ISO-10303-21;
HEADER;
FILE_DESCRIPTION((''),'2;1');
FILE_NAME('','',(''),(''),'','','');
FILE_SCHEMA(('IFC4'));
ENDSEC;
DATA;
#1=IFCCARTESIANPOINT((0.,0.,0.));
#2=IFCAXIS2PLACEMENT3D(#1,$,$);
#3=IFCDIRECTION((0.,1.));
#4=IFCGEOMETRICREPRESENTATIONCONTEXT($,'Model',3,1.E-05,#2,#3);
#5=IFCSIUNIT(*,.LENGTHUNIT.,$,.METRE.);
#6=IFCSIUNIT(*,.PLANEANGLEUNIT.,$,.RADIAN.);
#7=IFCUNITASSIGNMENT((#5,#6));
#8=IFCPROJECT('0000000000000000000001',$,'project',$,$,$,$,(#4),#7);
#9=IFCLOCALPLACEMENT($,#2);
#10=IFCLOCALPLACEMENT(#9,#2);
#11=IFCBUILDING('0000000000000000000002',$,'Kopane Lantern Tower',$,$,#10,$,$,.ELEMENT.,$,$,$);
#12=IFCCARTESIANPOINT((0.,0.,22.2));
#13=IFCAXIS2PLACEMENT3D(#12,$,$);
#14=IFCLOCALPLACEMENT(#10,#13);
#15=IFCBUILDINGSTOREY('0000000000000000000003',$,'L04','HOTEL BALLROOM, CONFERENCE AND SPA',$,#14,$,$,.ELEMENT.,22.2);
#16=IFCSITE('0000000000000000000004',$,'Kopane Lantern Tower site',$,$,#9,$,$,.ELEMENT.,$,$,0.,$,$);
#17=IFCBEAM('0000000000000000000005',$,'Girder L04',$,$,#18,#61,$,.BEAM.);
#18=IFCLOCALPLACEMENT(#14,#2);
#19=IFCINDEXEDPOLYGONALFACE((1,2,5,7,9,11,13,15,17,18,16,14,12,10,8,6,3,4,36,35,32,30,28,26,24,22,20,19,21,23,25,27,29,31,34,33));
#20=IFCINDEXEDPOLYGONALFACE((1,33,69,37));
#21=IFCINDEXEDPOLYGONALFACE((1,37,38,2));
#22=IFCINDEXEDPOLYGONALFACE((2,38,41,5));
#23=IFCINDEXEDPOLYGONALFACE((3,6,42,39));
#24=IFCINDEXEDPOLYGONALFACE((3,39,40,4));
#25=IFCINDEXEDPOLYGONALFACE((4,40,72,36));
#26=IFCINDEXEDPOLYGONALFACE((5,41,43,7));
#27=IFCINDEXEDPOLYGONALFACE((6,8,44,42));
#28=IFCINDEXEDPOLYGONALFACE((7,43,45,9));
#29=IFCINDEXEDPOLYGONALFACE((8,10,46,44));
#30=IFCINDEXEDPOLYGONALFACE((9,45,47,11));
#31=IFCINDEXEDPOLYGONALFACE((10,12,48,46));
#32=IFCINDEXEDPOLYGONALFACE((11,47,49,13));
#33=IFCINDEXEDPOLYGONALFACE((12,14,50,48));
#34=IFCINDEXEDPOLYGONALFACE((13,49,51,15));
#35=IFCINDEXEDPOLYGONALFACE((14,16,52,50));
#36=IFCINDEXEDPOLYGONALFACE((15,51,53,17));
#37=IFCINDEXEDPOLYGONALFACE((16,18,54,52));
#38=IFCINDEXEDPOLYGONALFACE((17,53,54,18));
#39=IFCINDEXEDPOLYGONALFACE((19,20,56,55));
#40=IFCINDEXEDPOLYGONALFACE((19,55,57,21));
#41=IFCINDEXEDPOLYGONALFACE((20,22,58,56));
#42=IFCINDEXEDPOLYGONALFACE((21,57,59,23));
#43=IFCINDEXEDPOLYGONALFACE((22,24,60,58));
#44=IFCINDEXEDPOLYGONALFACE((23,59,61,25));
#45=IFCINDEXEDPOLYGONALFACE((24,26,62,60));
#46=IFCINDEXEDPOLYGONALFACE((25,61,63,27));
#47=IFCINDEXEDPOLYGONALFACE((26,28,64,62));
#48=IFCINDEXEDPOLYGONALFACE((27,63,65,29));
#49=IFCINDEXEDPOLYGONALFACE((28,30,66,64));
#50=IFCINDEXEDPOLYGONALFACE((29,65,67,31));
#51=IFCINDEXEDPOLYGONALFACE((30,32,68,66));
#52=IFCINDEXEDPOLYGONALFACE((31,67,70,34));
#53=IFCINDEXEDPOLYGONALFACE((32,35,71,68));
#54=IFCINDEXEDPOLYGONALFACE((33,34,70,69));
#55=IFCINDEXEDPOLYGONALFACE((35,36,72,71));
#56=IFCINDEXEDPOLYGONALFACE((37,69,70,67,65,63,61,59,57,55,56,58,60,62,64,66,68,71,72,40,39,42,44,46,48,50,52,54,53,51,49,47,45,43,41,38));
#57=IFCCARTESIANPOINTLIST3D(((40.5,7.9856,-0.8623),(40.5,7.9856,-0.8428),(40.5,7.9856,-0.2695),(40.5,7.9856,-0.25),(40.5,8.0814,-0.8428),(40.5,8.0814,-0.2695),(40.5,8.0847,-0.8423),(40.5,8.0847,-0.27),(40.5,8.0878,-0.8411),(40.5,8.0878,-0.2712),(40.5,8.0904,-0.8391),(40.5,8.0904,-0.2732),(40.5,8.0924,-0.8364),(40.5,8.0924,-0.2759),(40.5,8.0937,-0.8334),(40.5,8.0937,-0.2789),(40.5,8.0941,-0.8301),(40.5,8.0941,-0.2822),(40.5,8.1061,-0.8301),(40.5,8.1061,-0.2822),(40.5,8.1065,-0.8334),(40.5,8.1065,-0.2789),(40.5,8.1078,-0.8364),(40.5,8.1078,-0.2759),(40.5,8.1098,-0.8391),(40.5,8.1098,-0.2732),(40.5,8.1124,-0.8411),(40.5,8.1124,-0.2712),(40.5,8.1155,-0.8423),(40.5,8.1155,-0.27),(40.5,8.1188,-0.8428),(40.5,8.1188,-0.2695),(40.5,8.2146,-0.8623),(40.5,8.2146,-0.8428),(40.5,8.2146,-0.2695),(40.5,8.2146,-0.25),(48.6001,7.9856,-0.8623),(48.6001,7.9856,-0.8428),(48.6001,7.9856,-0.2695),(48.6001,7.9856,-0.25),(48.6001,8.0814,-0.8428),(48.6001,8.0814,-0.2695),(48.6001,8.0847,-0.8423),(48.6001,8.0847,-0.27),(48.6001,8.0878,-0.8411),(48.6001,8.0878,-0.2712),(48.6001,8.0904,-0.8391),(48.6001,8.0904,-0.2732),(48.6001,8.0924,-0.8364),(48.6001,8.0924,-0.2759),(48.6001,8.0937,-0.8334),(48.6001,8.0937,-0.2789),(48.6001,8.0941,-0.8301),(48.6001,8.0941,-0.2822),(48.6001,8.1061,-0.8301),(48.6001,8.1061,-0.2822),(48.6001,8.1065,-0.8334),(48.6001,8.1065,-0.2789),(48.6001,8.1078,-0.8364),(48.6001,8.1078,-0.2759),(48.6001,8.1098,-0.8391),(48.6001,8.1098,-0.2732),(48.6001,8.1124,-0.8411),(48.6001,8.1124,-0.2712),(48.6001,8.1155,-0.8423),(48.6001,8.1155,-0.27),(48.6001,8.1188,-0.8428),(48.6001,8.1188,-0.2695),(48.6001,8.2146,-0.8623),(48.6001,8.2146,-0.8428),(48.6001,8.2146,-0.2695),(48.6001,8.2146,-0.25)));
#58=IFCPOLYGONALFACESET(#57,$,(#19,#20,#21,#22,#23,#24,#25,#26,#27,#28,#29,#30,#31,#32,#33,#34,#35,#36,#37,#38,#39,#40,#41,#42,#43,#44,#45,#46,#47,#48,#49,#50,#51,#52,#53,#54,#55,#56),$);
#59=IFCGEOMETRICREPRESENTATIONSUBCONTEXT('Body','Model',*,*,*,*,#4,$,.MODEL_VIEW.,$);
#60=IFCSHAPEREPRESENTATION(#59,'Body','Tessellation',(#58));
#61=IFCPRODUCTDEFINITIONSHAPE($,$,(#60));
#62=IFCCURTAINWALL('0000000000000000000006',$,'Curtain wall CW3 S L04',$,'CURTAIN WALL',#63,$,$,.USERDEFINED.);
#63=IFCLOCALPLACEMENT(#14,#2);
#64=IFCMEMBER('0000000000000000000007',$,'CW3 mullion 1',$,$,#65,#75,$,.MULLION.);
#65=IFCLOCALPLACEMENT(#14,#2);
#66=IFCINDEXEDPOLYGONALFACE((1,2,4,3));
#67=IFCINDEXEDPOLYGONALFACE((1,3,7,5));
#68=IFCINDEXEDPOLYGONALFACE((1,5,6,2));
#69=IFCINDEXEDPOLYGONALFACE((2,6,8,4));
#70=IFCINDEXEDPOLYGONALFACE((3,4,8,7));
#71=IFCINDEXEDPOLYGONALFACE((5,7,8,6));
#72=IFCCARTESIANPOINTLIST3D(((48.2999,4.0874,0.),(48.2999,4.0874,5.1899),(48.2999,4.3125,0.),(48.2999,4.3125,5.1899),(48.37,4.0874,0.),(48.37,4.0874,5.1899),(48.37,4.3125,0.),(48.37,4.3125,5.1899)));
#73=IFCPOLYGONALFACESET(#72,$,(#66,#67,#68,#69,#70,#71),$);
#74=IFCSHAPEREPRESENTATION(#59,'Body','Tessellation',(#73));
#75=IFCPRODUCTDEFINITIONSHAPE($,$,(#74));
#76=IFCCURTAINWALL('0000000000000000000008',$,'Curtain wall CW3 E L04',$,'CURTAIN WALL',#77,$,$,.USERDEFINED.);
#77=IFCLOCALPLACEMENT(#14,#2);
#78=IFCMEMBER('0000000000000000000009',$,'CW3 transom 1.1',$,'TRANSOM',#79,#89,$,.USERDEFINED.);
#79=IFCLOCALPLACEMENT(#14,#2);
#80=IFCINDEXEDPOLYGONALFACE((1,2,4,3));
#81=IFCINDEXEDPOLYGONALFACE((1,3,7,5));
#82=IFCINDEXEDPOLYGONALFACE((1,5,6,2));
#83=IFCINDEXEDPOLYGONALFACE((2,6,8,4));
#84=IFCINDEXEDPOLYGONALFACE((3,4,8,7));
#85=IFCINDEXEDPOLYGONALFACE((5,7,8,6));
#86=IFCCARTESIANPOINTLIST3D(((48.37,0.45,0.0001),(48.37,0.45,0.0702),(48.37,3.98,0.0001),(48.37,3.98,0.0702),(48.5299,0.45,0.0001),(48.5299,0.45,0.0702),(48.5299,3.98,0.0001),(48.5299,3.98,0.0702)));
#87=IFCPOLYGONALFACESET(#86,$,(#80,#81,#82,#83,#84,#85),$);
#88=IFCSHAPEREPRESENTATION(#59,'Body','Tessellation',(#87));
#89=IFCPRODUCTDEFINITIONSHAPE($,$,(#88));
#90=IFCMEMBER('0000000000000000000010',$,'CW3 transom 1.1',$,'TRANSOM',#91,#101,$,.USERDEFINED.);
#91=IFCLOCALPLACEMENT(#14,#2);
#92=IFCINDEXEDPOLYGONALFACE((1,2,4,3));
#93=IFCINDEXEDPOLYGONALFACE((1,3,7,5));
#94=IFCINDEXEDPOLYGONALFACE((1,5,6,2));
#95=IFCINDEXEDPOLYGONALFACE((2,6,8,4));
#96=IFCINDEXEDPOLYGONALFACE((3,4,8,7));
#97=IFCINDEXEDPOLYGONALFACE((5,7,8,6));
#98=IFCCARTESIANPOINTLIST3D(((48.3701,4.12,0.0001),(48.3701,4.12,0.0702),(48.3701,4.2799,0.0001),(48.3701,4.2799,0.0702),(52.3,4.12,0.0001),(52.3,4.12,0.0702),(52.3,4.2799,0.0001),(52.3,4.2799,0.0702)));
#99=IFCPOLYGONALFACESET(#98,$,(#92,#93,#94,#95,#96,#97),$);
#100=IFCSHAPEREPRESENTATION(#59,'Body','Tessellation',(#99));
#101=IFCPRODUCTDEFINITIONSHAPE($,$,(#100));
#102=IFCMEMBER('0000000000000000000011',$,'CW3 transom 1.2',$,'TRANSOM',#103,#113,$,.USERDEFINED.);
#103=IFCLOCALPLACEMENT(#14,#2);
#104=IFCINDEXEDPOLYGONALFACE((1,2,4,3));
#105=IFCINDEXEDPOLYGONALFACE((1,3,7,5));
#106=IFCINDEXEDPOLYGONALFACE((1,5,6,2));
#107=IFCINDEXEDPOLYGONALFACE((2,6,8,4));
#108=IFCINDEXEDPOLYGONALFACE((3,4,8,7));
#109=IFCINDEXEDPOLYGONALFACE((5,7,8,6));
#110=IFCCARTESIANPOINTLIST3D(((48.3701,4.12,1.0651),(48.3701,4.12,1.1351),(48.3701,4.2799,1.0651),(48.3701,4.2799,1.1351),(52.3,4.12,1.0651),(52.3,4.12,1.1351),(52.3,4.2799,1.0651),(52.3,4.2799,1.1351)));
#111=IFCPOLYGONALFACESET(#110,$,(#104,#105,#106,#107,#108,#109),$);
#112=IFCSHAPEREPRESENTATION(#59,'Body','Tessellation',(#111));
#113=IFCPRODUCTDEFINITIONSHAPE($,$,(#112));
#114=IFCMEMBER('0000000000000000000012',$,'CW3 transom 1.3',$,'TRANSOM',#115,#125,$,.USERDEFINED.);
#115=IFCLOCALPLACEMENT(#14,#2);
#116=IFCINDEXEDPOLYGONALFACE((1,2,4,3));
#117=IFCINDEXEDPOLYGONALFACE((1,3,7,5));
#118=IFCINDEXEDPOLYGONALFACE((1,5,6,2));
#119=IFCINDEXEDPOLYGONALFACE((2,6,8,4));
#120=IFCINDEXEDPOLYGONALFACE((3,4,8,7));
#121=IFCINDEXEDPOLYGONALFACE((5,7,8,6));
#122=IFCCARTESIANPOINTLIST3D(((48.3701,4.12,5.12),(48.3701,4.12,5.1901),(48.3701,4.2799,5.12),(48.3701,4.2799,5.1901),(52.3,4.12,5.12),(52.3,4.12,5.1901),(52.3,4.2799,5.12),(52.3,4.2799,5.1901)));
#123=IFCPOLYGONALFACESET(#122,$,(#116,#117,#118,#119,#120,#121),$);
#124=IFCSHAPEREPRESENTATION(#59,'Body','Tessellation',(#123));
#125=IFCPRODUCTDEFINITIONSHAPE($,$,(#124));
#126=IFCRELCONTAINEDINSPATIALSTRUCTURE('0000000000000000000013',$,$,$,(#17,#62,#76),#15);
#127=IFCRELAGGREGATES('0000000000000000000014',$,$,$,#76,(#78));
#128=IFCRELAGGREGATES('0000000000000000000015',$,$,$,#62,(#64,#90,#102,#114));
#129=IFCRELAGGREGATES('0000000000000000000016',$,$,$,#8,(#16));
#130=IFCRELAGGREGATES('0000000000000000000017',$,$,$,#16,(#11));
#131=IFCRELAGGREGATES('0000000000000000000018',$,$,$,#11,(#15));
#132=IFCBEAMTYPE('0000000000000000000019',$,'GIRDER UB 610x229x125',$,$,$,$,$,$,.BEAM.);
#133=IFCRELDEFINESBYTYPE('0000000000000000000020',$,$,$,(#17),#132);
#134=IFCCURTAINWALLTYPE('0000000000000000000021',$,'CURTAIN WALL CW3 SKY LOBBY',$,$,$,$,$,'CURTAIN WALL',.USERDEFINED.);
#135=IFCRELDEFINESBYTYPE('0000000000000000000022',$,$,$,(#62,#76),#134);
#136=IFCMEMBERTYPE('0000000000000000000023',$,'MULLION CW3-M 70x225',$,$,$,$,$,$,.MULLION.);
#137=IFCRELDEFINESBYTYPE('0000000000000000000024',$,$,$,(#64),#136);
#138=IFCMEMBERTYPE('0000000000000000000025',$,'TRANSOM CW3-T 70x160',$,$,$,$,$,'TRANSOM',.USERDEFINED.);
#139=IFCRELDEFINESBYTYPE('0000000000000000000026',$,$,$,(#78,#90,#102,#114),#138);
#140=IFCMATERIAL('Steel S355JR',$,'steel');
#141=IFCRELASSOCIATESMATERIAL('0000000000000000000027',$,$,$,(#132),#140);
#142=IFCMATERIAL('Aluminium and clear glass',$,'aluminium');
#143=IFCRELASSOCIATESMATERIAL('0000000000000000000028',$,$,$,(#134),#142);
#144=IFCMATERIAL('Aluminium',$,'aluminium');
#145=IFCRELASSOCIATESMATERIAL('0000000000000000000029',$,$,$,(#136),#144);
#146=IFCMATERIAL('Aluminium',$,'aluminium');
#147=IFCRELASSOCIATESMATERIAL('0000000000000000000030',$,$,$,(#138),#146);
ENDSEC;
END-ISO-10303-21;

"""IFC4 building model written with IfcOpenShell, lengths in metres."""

from ifc_helpers import new_model, si_unit, direction, frame, origin, origin_2d, place, context, subcontext, project, spatial, rectangle, i_section, extrude, material, material_profile, profile_set, type_object, element, aggregate, save


model = new_model("IFC4")

# Units and contexts
model_context = context("Model", 3, precision=1e-05, world=origin(), true_north=direction((0.0, 1.0)))
body_context = subcontext(model_context, "Body", "Model", "MODEL_VIEW")
ifc_project = project(units=[si_unit("LENGTHUNIT", "METRE"), si_unit("PLANEANGLEUNIT", "RADIAN")], contexts=[model_context])

# Site, building, storey
site_placement = place(None, origin())
site = spatial("IfcSite", under=ifc_project, at=site_placement, Name="Kopane Lantern Tower site", CompositionType="ELEMENT", RefElevation=0.0)
building_placement = place(site_placement, origin())
building = spatial("IfcBuilding", under=site, at=building_placement, Name="Kopane Lantern Tower", CompositionType="ELEMENT")
storey_placement = place(building_placement, frame((0.0, 0.0, 22.2)))
storey = spatial("IfcBuildingStorey", under=building, at=storey_placement, Name="L04", Description="HOTEL BALLROOM, CONFERENCE AND SPA", CompositionType="ELEMENT", Elevation=22.2)

# Beam
ifc_material_1 = material(Name="Steel S355JR", Category="steel")
ifc_material_profile_1 = material_profile(ifc_material_1, i_section(OverallWidth=0.229, OverallDepth=0.6123, WebThickness=0.012, FlangeThickness=0.0195, FilletRadius=0.0127, at=origin_2d()), Name="UB 610x229x125")
ifc_profile_set_1 = profile_set([ifc_material_profile_1], Name="Steel S355JR")
beam_type = type_object("IfcBeamType", Name="GIRDER UB 610x229x125", PredefinedType="BEAM", material=ifc_profile_set_1)
beam_1_placement = place(storey_placement, frame((40.5, 8.1001, -0.5562), z_axis=(1.0, 0.0, 0.0), x_axis=(0.0, 1.0, 0.0)))
element("IfcBeam", 1, at=beam_1_placement, inside=storey, type_object=beam_type, Name="Girder L04", PredefinedType="BEAM", context=body_context, shape_type="SweptSolid", body=[
    extrude(i_section(OverallWidth=0.229, OverallDepth=0.6123, WebThickness=0.012, FlangeThickness=0.0195, FilletRadius=0.0127, at=origin_2d()), origin(), (0.0, 0.0, 1.0), 8.1001),
])

# Curtain walls, members
ifc_material_2 = material(Name="Aluminium and clear glass", Category="aluminium")
curtain_wall_type = type_object("IfcCurtainWallType", Name="CURTAIN WALL CW3 SKY LOBBY", ElementType="CURTAIN WALL", PredefinedType="USERDEFINED", material=ifc_material_2)
curtain_wall_1_placement = place(storey_placement, origin())
curtain_wall_1 = element("IfcCurtainWall", 2, at=curtain_wall_1_placement, inside=storey, type_object=curtain_wall_type, Name="Curtain wall CW3 S L04", ObjectType="CURTAIN WALL", PredefinedType="USERDEFINED")
ifc_material_3 = material(Name="Aluminium", Category="aluminium")
ifc_material_profile_2 = material_profile(ifc_material_3, rectangle(XDim=0.0701, YDim=0.2251, at=origin_2d()), Name="AL 70x225")
ifc_profile_set_2 = profile_set([ifc_material_profile_2], Name="Aluminium")
member_type_1 = type_object("IfcMemberType", Name="MULLION CW3-M 70x225", PredefinedType="MULLION", material=ifc_profile_set_2)
member_1_placement = place(storey_placement, frame((48.335, 4.2, 0.0), z_axis=(0.0, 0.0, 1.0), x_axis=(1.0, 0.0, 0.0)))
member_1 = element("IfcMember", 3, at=member_1_placement, type_object=member_type_1, Name="CW3 mullion 1", PredefinedType="MULLION", context=body_context, shape_type="SweptSolid", body=[
    extrude(rectangle(XDim=0.0701, YDim=0.2251, at=origin_2d()), origin(), (0.0, 0.0, 1.0), 5.1899),
])
curtain_wall_2_placement = place(storey_placement, origin())
curtain_wall_2 = element("IfcCurtainWall", 4, at=curtain_wall_2_placement, inside=storey, type_object=curtain_wall_type, Name="Curtain wall CW3 E L04", ObjectType="CURTAIN WALL", PredefinedType="USERDEFINED")
ifc_material_4 = material(Name="Aluminium", Category="aluminium")
ifc_material_profile_3 = material_profile(ifc_material_4, rectangle(XDim=0.1599, YDim=0.0701, at=origin_2d()), Name="AL 160x70")
ifc_profile_set_3 = profile_set([ifc_material_profile_3], Name="Aluminium")
member_type_2 = type_object("IfcMemberType", Name="TRANSOM CW3-T 70x160", ElementType="TRANSOM", PredefinedType="USERDEFINED", material=ifc_profile_set_3)
member_2_placement = place(storey_placement, frame((48.45, 0.45, 0.0352), z_axis=(0.0, 1.0, 0.0), x_axis=(-1.0, 0.0, 0.0)))
member_2 = element("IfcMember", 5, at=member_2_placement, type_object=member_type_2, Name="CW3 transom 1.1", ObjectType="TRANSOM", PredefinedType="USERDEFINED", context=body_context, shape_type="SweptSolid", body=[
    extrude(rectangle(XDim=0.1599, YDim=0.0701, at=origin_2d()), origin(), (0.0, 0.0, 1.0), 3.53),
])
aggregate(curtain_wall_2, [member_2])

# Members
member_3_placement = place(storey_placement, frame((48.3701, 4.2, 0.0352), z_axis=(1.0, 0.0, 0.0), x_axis=(0.0, 1.0, 0.0)))
member_3 = element("IfcMember", 6, at=member_3_placement, type_object=member_type_2, Name="CW3 transom 1.1", ObjectType="TRANSOM", PredefinedType="USERDEFINED", context=body_context, shape_type="SweptSolid", body=[
    extrude(rectangle(XDim=0.1599, YDim=0.0701, at=origin_2d()), origin(), (0.0, 0.0, 1.0), 3.9299),
])
member_4_placement = place(storey_placement, frame((48.3701, 4.2, 1.1001), z_axis=(1.0, 0.0, 0.0), x_axis=(0.0, 1.0, 0.0)))
member_4 = element("IfcMember", 7, at=member_4_placement, type_object=member_type_2, Name="CW3 transom 1.2", ObjectType="TRANSOM", PredefinedType="USERDEFINED", context=body_context, shape_type="SweptSolid", body=[
    extrude(rectangle(XDim=0.1599, YDim=0.0701, at=origin_2d()), origin(), (0.0, 0.0, 1.0), 3.9299),
])
member_5_placement = place(storey_placement, frame((48.3701, 4.2, 5.155), z_axis=(1.0, 0.0, 0.0), x_axis=(0.0, 1.0, 0.0)))
member_5 = element("IfcMember", 8, at=member_5_placement, type_object=member_type_2, Name="CW3 transom 1.3", ObjectType="TRANSOM", PredefinedType="USERDEFINED", context=body_context, shape_type="SweptSolid", body=[
    extrude(rectangle(XDim=0.1599, YDim=0.0701, at=origin_2d()), origin(), (0.0, 0.0, 1.0), 3.9299),
])
aggregate(curtain_wall_1, [member_1, member_3, member_4, member_5])

save(model, "model.ifc")
